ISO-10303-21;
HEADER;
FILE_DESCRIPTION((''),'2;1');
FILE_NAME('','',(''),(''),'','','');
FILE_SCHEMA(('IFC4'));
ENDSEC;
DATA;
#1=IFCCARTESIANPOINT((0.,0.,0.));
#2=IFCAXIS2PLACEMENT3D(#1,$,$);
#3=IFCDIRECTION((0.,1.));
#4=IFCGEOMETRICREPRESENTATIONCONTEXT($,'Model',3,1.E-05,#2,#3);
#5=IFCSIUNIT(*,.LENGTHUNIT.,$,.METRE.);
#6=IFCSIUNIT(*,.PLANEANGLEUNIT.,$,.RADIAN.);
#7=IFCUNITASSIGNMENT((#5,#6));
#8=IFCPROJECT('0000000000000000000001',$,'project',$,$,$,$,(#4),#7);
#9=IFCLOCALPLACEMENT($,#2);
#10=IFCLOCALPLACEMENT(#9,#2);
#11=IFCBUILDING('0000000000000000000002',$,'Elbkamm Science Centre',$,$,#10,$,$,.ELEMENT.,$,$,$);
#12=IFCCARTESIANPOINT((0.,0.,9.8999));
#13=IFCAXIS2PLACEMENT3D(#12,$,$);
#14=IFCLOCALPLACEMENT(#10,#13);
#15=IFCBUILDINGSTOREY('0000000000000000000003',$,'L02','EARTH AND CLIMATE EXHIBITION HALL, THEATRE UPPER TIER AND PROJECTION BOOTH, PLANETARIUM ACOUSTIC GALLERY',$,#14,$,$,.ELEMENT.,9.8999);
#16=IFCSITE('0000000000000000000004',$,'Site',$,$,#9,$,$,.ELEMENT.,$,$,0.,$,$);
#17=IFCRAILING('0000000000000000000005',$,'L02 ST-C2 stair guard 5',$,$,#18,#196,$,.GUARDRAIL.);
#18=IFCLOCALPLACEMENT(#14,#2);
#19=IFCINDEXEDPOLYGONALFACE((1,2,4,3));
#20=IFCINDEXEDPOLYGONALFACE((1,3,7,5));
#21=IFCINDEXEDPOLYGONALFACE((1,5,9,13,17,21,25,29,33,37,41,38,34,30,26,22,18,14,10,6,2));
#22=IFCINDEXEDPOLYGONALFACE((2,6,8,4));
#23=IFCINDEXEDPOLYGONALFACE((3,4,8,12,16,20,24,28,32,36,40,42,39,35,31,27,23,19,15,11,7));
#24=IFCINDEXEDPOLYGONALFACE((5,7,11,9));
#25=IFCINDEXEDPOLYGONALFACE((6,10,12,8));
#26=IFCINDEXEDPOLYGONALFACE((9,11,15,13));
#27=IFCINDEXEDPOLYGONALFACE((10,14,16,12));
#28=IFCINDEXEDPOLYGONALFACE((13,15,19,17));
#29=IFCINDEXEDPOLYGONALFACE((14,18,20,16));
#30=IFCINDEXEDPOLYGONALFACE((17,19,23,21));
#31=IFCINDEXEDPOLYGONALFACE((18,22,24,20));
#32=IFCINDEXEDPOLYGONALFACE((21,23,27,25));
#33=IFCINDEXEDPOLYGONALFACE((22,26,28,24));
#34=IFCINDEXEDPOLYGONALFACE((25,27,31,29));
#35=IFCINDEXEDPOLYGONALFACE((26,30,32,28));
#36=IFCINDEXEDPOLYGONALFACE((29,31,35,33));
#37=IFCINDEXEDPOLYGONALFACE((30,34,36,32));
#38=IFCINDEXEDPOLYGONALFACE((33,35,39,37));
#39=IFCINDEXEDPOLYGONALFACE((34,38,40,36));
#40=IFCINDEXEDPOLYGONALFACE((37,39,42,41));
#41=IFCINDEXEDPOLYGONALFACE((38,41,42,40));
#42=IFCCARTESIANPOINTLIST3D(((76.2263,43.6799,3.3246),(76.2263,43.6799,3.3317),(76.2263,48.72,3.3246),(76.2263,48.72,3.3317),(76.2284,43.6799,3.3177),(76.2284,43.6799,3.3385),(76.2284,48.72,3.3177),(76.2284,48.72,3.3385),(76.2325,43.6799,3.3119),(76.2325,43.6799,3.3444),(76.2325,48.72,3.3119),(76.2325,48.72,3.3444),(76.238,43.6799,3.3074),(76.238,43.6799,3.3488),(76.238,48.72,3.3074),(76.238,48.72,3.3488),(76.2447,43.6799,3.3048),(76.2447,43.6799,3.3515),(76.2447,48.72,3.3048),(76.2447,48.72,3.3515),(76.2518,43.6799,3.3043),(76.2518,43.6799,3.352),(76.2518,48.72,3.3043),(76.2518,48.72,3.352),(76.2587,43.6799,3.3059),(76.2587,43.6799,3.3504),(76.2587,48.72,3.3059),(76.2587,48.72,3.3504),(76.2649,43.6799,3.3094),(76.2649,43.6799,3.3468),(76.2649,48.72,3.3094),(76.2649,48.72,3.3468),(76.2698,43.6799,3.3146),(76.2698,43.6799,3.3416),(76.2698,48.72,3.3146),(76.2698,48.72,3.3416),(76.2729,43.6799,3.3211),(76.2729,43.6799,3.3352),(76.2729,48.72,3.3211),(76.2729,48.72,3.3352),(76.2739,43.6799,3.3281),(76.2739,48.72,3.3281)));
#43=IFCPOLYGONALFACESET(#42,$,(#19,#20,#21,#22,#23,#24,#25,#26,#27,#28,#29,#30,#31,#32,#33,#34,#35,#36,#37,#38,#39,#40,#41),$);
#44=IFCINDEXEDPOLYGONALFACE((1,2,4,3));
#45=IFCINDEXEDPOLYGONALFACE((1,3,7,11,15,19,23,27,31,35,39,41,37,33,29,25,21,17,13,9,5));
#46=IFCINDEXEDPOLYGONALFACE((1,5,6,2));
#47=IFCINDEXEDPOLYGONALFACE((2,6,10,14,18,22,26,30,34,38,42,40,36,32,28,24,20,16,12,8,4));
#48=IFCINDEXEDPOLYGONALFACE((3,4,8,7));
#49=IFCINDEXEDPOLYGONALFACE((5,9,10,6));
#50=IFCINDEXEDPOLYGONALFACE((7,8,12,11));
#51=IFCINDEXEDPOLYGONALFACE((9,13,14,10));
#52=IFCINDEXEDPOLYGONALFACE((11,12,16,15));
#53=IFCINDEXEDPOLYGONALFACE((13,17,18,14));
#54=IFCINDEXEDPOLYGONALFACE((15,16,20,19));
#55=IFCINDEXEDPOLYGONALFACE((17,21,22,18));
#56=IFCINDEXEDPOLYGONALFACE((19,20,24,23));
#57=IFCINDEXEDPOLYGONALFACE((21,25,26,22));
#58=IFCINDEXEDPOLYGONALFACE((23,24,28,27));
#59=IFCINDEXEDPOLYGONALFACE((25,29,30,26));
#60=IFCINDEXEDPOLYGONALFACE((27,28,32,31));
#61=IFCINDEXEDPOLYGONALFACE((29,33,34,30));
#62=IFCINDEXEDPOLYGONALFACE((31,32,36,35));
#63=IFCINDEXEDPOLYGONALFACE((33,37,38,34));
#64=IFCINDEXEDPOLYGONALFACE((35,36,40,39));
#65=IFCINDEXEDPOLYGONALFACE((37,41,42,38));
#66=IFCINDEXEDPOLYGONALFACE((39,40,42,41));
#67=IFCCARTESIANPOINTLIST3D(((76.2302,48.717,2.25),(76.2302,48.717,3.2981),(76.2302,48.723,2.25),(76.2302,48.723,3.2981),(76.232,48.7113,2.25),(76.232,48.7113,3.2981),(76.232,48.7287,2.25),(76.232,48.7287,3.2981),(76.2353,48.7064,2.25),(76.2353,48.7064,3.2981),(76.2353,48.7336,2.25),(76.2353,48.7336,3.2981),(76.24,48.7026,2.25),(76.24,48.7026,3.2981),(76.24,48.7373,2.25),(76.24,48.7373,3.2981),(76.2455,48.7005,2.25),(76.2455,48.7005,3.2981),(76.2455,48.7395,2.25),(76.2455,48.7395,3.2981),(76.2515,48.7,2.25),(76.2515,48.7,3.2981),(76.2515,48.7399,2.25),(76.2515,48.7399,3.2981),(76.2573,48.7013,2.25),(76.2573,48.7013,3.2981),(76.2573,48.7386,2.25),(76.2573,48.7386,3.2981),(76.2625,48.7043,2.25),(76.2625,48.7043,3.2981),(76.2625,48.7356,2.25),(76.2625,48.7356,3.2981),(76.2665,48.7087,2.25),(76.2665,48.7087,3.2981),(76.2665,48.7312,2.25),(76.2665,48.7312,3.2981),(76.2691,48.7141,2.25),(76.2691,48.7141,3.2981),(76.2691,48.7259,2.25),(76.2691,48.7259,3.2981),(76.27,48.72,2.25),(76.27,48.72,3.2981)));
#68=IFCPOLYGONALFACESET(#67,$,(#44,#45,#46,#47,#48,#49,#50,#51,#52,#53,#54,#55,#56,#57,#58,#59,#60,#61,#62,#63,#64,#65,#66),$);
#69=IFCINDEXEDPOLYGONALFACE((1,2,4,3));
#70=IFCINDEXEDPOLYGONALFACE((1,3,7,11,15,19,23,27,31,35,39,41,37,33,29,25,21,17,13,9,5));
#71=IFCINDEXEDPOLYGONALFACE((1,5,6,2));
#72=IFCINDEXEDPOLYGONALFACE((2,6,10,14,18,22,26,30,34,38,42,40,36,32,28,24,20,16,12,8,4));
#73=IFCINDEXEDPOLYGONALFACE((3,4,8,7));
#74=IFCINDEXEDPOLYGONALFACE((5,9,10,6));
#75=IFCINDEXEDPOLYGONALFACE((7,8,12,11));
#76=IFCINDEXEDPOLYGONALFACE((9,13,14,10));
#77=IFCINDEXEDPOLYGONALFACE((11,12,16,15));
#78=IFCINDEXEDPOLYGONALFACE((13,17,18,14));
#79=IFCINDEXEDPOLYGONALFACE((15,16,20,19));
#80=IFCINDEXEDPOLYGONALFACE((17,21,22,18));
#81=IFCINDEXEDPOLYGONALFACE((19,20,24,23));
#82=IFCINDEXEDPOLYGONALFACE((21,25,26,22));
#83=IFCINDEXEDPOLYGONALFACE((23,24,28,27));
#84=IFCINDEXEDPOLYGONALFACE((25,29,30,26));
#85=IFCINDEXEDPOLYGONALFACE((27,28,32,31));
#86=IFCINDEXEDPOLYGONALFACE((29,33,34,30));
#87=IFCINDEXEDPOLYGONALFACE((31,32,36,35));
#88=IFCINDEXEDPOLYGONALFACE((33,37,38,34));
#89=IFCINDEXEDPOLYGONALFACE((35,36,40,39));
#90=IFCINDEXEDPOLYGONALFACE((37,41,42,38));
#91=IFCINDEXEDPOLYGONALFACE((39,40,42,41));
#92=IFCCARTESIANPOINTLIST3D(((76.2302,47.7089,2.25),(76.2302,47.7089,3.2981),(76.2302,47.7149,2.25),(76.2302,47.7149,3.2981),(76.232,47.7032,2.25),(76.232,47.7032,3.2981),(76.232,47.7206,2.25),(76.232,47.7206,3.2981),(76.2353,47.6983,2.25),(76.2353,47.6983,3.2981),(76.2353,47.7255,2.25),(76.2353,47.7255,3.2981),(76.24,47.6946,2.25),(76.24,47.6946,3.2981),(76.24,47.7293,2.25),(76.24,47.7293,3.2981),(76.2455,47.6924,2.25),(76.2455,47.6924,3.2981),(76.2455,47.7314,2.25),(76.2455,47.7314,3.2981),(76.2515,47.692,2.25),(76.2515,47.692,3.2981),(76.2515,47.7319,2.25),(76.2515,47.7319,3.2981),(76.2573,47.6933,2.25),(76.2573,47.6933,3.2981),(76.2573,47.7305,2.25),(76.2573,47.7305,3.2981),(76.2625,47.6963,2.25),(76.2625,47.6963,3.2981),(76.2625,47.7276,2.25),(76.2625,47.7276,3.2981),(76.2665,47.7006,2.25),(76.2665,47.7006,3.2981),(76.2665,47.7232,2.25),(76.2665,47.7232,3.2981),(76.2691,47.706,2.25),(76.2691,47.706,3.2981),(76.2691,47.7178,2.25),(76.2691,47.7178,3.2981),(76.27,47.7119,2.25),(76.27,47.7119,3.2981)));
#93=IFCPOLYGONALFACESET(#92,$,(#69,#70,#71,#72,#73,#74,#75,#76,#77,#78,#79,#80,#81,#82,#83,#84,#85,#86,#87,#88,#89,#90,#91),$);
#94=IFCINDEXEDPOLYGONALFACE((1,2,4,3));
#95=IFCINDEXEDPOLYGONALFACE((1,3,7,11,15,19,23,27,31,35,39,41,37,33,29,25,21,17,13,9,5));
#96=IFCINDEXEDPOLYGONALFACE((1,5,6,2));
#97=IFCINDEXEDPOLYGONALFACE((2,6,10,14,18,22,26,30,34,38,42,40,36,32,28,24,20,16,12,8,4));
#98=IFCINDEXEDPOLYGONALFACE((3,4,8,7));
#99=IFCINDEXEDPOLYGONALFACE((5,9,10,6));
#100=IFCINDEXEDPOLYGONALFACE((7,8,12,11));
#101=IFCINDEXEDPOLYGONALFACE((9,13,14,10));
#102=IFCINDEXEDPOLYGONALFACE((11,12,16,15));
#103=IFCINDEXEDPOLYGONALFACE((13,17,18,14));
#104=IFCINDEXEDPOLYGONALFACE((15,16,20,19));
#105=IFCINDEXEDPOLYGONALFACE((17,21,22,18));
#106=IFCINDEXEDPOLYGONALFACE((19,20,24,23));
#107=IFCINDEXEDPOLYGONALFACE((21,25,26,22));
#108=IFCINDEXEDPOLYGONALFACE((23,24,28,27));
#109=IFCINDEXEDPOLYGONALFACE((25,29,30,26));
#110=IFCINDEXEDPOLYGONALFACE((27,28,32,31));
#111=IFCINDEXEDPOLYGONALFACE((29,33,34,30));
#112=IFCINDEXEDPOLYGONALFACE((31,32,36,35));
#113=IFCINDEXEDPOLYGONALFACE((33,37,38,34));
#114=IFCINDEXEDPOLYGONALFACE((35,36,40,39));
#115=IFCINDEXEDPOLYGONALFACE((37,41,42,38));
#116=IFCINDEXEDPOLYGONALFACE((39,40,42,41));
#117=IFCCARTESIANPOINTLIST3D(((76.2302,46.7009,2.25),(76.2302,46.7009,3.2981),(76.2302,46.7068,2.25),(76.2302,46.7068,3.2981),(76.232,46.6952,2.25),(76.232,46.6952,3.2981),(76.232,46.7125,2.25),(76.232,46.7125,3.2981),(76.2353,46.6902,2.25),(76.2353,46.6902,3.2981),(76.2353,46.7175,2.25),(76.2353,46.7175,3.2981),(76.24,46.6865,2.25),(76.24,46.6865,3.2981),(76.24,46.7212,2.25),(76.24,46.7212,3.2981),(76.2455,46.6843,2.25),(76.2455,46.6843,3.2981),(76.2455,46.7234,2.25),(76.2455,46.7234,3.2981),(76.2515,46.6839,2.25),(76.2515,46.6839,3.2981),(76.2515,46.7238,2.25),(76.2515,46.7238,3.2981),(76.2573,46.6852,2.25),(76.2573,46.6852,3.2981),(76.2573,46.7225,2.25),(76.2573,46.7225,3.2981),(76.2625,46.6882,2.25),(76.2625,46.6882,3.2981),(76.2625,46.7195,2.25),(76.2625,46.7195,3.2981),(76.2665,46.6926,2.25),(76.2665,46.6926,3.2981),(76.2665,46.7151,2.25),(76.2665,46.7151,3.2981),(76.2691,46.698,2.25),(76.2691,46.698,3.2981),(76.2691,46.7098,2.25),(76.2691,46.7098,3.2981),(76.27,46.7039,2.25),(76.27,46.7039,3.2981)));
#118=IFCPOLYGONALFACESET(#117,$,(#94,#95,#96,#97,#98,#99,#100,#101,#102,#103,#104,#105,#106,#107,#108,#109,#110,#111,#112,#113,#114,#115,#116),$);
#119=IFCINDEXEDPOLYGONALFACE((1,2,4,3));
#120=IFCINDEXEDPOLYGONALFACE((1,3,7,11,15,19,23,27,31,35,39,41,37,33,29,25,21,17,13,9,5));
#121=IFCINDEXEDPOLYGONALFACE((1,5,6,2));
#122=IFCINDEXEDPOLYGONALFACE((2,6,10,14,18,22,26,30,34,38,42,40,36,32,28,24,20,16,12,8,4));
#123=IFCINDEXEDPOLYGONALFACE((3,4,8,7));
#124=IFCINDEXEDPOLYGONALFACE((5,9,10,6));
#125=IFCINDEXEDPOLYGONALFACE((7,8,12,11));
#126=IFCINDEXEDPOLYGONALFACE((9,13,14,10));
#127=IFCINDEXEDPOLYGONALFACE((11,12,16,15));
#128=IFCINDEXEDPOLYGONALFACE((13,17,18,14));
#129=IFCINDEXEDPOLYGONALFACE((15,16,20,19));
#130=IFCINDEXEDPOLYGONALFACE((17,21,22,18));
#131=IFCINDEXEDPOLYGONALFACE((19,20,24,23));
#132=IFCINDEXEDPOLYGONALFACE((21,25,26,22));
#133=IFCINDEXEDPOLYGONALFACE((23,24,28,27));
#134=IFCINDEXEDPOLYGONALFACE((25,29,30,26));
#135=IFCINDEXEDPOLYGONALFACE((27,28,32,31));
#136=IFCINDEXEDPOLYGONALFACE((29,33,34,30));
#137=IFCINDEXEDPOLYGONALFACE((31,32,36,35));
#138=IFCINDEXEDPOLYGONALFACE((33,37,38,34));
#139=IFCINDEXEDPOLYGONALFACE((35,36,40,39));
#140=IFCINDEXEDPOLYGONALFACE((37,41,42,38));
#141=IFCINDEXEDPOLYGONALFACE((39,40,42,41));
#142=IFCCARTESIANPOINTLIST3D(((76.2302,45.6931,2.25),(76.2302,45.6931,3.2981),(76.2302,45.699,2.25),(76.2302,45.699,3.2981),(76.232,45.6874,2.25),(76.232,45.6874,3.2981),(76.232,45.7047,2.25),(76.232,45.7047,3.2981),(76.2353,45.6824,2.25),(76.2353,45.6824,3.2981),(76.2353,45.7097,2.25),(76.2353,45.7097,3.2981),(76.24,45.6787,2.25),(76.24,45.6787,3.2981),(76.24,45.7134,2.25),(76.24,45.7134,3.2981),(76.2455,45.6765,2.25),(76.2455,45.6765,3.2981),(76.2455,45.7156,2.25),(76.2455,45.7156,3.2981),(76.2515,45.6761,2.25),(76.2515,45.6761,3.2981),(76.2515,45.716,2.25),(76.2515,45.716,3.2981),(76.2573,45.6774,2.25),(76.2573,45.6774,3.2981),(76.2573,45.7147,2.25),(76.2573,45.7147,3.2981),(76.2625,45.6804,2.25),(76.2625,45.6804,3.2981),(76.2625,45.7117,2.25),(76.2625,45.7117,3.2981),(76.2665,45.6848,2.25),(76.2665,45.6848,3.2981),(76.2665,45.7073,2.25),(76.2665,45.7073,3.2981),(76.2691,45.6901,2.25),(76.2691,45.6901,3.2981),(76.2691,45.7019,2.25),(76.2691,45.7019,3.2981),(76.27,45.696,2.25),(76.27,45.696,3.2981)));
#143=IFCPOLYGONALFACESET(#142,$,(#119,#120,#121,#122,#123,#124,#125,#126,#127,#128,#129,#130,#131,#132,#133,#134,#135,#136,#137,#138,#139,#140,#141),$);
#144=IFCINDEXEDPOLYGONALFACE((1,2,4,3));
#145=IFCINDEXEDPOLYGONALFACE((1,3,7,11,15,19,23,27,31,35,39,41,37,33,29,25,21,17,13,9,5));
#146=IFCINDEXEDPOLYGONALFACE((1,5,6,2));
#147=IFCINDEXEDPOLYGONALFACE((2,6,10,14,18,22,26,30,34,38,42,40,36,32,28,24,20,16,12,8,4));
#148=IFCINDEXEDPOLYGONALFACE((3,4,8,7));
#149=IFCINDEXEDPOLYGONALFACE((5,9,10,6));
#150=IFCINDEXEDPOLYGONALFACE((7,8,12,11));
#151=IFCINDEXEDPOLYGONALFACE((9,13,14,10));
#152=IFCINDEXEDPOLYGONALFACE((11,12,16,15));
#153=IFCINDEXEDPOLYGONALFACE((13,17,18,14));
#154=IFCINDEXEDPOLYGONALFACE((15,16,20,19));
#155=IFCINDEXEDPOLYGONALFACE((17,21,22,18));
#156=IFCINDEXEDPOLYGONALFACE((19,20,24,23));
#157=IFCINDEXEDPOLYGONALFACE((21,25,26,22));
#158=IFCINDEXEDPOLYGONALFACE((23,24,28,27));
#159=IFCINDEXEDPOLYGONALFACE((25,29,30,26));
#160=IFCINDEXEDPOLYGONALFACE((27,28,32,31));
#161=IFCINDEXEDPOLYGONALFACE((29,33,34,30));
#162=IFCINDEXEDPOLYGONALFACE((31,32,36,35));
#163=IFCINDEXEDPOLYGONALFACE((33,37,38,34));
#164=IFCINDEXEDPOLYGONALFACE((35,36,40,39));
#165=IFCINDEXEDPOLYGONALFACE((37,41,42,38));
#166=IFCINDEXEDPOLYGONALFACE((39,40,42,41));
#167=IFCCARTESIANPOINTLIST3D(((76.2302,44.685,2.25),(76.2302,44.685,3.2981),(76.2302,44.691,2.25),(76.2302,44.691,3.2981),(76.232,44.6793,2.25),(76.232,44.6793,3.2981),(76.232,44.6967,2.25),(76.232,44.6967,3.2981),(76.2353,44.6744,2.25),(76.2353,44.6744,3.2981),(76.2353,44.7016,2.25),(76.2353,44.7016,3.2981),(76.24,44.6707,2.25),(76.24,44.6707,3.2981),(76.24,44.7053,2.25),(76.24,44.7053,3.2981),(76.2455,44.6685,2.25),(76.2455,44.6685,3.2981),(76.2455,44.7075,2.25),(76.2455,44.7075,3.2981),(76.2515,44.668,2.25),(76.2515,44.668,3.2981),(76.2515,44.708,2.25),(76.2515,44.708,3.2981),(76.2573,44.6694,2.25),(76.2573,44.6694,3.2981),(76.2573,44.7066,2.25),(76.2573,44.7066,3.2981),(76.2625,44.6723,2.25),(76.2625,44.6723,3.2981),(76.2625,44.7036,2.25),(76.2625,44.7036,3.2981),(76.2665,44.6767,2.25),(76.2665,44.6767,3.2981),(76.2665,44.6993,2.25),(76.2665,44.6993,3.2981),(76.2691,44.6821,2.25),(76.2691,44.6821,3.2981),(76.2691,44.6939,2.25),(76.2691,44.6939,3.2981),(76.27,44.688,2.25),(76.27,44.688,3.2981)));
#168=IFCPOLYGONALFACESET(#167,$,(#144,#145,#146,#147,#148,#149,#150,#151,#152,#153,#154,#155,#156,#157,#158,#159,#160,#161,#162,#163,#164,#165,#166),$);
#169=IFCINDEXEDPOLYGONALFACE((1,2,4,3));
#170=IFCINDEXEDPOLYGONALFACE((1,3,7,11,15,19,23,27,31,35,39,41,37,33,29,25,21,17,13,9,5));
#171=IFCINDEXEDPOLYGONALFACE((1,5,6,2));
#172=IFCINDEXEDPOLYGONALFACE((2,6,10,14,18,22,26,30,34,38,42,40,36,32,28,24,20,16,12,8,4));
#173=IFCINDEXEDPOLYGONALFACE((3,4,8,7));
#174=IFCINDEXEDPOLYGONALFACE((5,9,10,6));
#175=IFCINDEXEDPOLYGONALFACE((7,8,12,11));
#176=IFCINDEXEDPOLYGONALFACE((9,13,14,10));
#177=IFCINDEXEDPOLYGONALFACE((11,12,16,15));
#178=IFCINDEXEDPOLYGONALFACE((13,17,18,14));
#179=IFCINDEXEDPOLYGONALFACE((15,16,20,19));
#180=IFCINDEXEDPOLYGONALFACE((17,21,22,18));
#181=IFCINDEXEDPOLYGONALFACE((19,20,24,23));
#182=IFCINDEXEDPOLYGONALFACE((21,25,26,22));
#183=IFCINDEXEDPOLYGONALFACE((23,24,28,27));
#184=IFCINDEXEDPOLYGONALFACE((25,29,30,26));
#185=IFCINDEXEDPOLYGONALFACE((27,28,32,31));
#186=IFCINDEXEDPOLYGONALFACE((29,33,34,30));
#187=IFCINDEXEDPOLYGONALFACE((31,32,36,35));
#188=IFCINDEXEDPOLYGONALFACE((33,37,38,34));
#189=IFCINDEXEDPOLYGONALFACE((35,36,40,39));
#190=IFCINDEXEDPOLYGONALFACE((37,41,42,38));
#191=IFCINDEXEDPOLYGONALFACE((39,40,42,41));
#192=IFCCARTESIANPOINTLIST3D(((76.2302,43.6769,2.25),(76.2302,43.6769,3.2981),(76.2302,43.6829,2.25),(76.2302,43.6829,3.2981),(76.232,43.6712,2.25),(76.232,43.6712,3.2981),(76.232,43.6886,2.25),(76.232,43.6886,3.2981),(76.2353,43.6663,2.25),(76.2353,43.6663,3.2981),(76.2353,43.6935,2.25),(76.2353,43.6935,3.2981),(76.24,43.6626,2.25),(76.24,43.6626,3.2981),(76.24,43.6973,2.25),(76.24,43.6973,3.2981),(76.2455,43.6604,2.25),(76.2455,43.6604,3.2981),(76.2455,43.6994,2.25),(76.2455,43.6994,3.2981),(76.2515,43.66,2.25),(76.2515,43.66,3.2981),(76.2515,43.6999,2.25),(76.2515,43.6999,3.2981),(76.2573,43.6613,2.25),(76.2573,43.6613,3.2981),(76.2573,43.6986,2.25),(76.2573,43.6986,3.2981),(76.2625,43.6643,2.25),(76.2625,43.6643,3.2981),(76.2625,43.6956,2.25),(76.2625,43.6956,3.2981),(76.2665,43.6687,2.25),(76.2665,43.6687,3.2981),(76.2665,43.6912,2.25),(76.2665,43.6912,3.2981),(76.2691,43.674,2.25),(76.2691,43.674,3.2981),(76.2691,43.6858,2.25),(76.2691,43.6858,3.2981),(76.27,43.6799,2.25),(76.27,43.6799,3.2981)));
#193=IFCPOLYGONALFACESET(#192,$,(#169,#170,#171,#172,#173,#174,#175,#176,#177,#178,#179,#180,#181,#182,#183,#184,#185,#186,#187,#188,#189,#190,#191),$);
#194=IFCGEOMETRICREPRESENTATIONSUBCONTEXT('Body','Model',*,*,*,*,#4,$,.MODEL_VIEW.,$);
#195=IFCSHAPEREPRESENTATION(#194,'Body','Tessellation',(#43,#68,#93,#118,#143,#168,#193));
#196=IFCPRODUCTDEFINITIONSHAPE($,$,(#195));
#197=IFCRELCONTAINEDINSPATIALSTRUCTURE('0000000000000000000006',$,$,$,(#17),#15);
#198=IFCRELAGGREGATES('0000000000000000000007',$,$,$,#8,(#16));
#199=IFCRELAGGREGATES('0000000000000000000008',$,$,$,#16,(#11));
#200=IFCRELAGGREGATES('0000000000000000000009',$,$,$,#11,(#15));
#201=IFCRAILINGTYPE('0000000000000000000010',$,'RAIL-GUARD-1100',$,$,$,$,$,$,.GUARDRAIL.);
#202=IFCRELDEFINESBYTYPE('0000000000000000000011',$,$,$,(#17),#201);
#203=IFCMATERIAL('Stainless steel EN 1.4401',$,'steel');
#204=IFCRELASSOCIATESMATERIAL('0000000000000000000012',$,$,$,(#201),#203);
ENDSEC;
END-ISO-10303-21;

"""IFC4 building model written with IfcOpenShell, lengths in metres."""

from ifc_helpers import new_model, si_unit, direction, frame, origin, origin_2d, place, context, subcontext, project, spatial, circle, extrude, material, type_object, element, save


model = new_model("IFC4")

# Units and contexts
model_context = context("Model", 3, precision=1e-05, world=origin(), true_north=direction((0.0, 1.0)))
body_context = subcontext(model_context, "Body", "Model", "MODEL_VIEW")
ifc_project = project(units=[si_unit("LENGTHUNIT", "METRE"), si_unit("PLANEANGLEUNIT", "RADIAN")], contexts=[model_context])

# Site, building, storey
site_placement = place(None, origin())
site = spatial("IfcSite", under=ifc_project, at=site_placement, Name="Site", CompositionType="ELEMENT", RefElevation=0.0)
building_placement = place(site_placement, origin())
building = spatial("IfcBuilding", under=site, at=building_placement, Name="Elbkamm Science Centre", CompositionType="ELEMENT")
storey_placement = place(building_placement, frame((0.0, 0.0, 9.8999)))
storey = spatial("IfcBuildingStorey", under=building, at=storey_placement, Name="L02", Description="EARTH AND CLIMATE EXHIBITION HALL, THEATRE UPPER TIER AND PROJECTION BOOTH, PLANETARIUM ACOUSTIC GALLERY", CompositionType="ELEMENT", Elevation=9.8999)

# Railing
ifc_material_1 = material(Name="Stainless steel EN 1.4401", Category="steel")
railing_type_1 = type_object("IfcRailingType", Name="RAIL-GUARD-1100", PredefinedType="GUARDRAIL", material=ifc_material_1)
railing_1_placement = place(storey_placement, frame((76.25, 48.72, 2.25)))
element("IfcRailing", 1, at=railing_1_placement, inside=storey, type_object=railing_type_1, Name="L02 ST-C2 stair guard 5", PredefinedType="GUARDRAIL", context=body_context, shape_type="SweptSolid", body=[
    extrude(circle(Radius=0.0239, at=origin_2d()), frame((0.0, 0.0, 1.0781), z_axis=(0.0, -1.0, 0.0), x_axis=(1.0, 0.0, 0.0)), (0.0, 0.0, 1.0), 5.04),
    extrude(circle(Radius=0.02, at=origin_2d()), origin(), (0.0, 0.0, 1.0), 1.0481),
    extrude(circle(Radius=0.02, at=origin_2d()), frame((0.0, -1.0081, 0.0)), (0.0, 0.0, 1.0), 1.0481),
    extrude(circle(Radius=0.02, at=origin_2d()), frame((0.0, -2.0161, 0.0)), (0.0, 0.0, 1.0), 1.0481),
    extrude(circle(Radius=0.02, at=origin_2d()), frame((0.0, -3.0239, 0.0)), (0.0, 0.0, 1.0), 1.0481),
    extrude(circle(Radius=0.02, at=origin_2d()), frame((0.0, -4.032, 0.0)), (0.0, 0.0, 1.0), 1.0481),
    extrude(circle(Radius=0.02, at=origin_2d()), frame((0.0, -5.04, 0.0)), (0.0, 0.0, 1.0), 1.0481),
])

save(model, "model.ifc")
